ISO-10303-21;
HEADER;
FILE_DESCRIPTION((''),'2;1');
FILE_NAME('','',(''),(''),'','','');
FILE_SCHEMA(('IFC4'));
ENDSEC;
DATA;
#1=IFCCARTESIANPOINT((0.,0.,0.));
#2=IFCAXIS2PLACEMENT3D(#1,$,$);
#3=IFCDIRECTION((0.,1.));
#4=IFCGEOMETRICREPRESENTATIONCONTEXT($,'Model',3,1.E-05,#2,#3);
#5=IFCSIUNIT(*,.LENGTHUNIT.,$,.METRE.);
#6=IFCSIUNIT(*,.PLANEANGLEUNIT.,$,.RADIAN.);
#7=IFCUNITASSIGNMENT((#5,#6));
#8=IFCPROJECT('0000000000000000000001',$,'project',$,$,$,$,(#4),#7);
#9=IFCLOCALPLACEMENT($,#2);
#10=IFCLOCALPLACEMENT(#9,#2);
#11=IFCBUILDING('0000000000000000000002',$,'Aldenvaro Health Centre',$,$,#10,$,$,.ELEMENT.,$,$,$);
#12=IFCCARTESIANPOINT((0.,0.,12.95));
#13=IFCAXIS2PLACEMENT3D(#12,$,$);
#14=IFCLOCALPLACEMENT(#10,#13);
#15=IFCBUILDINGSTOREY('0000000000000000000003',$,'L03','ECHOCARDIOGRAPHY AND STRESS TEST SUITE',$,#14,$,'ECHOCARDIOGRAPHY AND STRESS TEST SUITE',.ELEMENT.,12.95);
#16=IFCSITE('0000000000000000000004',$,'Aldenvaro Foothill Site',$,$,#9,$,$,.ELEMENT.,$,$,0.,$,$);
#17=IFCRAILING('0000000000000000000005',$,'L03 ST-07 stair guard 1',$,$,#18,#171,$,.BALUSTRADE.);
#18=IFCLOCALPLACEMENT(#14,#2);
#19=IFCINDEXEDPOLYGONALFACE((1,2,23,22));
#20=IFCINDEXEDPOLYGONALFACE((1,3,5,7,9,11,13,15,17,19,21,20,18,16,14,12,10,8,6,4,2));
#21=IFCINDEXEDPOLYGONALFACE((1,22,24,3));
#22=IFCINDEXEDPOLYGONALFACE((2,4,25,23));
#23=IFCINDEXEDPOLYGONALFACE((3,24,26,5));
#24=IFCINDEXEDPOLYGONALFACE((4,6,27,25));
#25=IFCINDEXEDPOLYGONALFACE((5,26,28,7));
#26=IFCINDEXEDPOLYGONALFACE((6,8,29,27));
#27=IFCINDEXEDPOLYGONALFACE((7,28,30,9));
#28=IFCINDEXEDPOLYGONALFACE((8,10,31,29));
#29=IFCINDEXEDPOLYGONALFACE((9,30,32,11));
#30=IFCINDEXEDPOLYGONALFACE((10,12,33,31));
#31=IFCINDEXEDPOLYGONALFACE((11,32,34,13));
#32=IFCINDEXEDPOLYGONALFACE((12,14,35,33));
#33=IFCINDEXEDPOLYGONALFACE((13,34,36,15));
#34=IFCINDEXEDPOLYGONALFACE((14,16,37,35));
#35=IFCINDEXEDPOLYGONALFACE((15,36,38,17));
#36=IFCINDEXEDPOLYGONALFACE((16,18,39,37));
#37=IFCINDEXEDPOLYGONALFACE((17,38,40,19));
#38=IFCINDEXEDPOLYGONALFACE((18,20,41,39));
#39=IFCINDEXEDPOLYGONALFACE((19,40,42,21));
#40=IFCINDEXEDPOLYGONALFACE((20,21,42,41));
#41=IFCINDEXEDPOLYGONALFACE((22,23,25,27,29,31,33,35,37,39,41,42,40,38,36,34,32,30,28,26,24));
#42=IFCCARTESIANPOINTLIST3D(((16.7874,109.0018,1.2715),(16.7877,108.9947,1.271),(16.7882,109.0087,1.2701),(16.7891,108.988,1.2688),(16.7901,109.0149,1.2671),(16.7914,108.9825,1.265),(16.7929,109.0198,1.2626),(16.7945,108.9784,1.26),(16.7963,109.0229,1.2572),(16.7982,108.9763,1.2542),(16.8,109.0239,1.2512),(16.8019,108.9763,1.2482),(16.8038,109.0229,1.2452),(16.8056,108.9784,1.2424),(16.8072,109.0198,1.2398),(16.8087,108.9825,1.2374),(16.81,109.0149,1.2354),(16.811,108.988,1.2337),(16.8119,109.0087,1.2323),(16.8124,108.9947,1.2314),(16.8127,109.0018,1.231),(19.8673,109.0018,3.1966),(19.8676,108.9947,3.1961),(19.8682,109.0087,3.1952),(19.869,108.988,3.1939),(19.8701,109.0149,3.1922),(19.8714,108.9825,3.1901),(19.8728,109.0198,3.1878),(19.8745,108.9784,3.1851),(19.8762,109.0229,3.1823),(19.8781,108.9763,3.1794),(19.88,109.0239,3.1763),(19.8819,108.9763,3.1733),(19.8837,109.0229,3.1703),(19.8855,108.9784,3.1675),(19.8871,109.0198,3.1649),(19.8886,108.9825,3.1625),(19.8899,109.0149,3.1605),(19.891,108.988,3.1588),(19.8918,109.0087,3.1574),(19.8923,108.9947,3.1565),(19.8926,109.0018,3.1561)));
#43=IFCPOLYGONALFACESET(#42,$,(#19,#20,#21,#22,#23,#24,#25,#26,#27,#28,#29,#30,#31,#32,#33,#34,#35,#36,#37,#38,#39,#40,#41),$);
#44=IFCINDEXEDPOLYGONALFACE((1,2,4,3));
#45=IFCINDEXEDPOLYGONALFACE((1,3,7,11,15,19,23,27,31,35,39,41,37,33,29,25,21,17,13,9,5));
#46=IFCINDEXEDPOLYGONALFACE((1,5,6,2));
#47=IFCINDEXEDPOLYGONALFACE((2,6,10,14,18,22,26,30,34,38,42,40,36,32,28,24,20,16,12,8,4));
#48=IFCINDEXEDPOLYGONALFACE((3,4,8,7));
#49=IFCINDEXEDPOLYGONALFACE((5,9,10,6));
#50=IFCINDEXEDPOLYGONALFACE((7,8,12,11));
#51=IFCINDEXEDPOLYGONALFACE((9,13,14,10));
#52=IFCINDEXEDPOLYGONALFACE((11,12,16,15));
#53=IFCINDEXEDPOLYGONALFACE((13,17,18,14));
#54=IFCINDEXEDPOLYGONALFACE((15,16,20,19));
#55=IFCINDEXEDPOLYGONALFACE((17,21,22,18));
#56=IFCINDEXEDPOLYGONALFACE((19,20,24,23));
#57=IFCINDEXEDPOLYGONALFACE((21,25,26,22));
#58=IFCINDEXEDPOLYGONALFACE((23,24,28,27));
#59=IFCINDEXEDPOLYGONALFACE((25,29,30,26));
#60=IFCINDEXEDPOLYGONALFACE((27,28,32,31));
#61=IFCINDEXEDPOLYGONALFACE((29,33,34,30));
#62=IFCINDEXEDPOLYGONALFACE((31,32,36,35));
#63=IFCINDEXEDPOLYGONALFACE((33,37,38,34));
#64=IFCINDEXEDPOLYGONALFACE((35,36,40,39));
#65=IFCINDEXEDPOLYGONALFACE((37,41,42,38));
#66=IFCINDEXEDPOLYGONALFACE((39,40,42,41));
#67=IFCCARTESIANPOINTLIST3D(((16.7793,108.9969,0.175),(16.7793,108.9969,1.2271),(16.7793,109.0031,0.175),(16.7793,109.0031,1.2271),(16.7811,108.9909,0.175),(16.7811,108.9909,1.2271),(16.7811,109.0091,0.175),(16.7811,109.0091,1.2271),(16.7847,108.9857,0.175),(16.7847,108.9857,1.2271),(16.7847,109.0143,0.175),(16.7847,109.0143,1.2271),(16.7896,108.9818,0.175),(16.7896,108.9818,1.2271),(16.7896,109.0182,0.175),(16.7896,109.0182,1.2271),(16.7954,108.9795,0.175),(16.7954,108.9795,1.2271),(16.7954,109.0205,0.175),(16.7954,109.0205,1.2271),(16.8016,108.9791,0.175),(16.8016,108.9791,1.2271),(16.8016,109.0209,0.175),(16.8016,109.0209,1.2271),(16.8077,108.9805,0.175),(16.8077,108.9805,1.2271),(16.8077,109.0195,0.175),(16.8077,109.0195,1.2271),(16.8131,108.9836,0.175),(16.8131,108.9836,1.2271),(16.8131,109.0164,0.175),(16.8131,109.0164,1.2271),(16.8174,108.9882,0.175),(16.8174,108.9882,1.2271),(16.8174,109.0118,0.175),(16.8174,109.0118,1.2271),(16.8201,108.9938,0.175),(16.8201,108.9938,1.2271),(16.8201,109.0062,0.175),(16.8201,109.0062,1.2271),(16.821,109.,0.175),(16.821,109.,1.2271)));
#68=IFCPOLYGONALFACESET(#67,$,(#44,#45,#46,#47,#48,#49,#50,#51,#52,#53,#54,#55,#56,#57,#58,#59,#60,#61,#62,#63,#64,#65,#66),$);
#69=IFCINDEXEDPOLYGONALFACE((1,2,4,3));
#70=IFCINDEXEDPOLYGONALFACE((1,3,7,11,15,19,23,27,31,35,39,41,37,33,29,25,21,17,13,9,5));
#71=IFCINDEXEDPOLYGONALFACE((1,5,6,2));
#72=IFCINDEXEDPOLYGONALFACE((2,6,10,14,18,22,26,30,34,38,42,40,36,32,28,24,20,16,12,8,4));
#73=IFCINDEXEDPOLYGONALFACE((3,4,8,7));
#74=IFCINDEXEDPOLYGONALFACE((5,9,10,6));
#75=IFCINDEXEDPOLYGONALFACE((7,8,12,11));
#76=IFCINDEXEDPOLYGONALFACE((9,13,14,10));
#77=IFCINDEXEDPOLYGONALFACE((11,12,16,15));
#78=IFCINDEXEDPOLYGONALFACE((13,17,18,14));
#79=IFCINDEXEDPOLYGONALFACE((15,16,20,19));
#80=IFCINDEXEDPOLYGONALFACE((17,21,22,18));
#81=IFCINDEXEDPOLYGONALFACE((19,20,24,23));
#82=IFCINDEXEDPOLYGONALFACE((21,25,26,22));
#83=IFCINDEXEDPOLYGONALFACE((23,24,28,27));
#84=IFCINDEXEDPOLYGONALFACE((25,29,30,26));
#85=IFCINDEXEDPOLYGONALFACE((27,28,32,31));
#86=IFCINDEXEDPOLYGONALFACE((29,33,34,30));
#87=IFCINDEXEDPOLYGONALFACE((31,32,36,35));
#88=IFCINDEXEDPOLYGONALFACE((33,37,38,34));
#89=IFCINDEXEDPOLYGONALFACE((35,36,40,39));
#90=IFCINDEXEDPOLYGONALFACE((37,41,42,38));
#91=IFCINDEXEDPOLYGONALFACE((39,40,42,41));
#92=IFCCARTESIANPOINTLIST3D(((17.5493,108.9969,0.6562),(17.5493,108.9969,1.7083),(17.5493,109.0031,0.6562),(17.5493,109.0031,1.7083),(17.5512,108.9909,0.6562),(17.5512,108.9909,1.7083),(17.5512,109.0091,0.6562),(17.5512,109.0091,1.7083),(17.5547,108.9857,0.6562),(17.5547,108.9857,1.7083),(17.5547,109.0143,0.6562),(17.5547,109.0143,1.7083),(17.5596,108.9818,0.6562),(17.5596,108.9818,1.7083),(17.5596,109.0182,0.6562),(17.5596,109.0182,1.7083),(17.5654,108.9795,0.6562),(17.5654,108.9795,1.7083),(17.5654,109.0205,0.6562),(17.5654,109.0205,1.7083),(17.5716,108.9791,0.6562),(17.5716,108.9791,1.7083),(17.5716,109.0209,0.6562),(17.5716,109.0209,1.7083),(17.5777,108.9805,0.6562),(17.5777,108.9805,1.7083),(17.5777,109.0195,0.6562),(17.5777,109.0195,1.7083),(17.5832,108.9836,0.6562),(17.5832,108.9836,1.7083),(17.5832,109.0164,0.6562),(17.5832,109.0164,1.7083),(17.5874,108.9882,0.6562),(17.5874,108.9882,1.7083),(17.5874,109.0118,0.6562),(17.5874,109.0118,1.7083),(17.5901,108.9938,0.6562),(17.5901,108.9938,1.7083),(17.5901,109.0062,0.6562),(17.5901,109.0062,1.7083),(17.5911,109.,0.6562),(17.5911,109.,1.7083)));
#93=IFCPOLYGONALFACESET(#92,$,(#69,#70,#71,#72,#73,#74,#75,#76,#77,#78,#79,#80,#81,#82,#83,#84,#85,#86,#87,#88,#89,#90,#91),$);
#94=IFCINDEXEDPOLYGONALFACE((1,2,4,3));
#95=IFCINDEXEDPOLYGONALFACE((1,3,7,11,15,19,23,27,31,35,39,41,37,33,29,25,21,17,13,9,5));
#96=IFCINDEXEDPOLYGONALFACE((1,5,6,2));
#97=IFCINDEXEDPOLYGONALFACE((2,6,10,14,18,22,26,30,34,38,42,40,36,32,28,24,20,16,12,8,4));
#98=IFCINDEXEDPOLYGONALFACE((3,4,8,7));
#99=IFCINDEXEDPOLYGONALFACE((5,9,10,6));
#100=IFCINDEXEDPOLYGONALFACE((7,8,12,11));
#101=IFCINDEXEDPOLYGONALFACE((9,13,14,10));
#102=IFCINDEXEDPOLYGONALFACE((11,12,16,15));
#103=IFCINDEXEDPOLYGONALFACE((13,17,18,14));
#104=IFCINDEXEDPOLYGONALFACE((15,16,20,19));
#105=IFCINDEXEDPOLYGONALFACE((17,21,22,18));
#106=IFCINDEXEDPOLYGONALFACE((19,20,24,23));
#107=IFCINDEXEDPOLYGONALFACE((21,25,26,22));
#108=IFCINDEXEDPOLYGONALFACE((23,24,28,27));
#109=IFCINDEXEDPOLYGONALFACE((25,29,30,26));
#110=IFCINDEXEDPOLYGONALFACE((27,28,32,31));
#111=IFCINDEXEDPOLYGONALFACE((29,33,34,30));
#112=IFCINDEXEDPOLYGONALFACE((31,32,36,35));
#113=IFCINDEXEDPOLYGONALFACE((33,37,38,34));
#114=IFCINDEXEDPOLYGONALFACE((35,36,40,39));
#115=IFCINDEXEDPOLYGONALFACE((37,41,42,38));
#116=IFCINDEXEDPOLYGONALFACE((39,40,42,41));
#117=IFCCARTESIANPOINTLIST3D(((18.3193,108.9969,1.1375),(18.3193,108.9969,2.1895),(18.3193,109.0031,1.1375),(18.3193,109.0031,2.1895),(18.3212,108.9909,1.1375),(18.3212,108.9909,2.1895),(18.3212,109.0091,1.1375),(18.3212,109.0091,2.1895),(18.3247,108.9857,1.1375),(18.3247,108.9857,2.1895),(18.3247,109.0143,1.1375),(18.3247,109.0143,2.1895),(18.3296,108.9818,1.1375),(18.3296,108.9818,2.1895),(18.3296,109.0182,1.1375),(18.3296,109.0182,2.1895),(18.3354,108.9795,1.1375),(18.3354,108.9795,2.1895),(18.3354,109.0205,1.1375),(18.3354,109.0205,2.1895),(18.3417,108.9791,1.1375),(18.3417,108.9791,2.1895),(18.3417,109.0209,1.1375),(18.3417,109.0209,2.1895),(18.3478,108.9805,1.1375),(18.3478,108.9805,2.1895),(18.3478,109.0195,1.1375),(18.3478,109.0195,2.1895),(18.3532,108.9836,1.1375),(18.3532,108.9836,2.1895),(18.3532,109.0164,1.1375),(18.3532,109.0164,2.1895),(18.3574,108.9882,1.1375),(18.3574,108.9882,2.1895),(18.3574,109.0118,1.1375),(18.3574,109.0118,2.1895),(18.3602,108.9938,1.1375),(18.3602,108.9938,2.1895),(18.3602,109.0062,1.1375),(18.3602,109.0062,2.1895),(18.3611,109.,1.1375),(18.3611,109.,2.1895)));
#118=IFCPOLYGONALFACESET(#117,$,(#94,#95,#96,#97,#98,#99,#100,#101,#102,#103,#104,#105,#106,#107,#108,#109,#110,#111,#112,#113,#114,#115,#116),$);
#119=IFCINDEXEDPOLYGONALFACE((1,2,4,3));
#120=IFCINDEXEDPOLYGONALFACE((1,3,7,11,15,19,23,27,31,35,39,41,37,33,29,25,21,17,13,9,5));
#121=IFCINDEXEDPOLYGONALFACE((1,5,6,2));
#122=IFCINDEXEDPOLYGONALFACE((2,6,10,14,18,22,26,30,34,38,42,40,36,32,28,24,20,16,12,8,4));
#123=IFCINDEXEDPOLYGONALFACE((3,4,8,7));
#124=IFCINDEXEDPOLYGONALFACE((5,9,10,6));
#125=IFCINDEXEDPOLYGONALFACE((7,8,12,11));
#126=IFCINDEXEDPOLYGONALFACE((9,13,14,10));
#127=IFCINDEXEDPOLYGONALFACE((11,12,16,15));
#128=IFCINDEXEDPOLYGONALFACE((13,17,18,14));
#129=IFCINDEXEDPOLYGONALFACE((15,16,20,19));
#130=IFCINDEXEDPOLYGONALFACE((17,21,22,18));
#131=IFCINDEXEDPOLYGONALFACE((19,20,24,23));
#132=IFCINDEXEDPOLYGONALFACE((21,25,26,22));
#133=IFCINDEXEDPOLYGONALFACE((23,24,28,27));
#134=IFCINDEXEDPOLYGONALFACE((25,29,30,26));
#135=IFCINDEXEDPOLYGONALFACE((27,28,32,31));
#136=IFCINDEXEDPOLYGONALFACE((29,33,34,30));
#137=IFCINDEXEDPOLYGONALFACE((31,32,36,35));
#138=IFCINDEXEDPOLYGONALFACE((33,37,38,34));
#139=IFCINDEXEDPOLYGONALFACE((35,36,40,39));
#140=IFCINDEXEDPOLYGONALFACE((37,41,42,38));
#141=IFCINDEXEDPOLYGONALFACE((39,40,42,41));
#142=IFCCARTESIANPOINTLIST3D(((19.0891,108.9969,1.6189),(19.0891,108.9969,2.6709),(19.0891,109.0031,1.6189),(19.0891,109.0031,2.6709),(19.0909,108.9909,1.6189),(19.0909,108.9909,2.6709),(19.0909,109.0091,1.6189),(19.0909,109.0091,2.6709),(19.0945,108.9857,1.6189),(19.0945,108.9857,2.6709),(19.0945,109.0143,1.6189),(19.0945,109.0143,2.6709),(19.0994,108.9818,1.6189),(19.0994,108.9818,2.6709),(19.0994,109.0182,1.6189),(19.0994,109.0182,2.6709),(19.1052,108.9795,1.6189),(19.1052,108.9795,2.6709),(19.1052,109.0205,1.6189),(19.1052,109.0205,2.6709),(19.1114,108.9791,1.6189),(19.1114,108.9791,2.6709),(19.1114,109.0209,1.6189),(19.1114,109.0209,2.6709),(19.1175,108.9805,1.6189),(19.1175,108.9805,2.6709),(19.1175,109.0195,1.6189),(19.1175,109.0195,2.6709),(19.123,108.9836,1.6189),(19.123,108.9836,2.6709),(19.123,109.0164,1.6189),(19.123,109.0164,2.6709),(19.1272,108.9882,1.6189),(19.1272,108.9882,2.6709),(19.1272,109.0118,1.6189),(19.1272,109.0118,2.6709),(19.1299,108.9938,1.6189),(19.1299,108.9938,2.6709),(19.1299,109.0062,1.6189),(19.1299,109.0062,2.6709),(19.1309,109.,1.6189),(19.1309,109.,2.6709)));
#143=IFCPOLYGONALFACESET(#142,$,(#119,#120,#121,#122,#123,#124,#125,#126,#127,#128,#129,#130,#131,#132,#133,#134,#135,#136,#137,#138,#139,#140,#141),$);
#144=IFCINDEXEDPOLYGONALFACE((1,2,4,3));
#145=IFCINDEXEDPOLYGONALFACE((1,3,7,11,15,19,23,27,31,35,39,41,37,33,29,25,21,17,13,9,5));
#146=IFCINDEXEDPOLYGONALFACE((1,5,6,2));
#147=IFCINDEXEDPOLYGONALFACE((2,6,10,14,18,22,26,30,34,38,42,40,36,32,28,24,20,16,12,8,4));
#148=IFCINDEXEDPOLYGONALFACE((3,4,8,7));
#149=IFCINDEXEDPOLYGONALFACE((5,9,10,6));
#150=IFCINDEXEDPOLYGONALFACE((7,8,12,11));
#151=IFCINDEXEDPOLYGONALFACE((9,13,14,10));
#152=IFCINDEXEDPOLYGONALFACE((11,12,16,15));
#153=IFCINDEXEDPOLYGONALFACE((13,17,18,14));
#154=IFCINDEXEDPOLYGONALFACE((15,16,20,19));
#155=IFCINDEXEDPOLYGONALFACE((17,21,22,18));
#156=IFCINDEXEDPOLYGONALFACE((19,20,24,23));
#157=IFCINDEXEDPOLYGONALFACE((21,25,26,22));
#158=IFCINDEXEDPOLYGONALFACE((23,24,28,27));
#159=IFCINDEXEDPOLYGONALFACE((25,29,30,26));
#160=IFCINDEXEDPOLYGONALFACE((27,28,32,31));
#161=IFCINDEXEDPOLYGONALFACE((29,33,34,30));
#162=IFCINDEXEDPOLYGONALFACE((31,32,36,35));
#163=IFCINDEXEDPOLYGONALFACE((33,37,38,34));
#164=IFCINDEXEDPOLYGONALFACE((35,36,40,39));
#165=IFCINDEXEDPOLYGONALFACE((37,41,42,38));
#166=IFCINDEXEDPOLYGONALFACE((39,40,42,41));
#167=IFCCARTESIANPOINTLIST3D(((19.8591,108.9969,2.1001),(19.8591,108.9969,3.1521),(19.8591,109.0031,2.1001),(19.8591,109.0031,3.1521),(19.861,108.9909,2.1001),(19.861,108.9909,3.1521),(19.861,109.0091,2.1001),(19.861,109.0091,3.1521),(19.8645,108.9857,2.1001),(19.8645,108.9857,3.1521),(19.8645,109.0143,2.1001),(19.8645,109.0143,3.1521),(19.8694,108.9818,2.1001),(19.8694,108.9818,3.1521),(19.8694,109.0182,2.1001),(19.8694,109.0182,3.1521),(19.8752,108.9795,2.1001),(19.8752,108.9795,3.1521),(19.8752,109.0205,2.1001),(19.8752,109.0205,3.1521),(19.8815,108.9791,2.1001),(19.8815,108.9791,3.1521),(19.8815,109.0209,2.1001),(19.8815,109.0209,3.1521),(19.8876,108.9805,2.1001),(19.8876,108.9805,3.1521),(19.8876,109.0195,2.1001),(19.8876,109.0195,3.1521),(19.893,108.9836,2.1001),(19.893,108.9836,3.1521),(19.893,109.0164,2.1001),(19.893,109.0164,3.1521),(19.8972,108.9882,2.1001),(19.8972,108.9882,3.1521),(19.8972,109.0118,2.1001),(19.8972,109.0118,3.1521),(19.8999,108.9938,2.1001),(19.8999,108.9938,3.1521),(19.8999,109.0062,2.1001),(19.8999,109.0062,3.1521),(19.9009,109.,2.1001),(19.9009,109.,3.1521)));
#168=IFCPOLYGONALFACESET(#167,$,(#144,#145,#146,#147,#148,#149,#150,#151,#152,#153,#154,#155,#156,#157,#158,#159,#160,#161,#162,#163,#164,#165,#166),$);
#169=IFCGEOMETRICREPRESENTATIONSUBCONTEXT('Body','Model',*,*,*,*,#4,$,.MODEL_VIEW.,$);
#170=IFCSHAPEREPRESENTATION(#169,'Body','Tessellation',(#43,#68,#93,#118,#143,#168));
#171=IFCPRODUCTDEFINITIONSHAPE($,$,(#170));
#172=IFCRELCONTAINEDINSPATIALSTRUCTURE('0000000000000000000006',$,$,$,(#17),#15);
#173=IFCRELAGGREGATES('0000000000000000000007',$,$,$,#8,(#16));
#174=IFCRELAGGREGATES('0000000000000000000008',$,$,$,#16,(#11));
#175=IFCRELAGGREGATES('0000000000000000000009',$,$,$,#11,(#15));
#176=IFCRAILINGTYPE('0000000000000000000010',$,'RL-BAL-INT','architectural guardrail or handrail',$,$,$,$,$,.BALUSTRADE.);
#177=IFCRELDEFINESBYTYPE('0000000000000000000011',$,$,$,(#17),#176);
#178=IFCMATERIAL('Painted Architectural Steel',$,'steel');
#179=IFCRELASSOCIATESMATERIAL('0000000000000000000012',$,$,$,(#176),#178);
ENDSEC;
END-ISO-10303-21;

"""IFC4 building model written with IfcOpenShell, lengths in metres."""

from ifc_helpers import new_model, si_unit, direction, frame, origin, origin_2d, place, context, subcontext, project, spatial, circle, extrude, material, type_object, element, save


model = new_model("IFC4")

# Units and contexts
model_context = context("Model", 3, precision=1e-05, world=origin(), true_north=direction((0.0, 1.0)))
body_context = subcontext(model_context, "Body", "Model", "MODEL_VIEW")
ifc_project = project(units=[si_unit("LENGTHUNIT", "METRE"), si_unit("PLANEANGLEUNIT", "RADIAN")], contexts=[model_context])

# Site, building, storey
site_placement = place(None, origin())
site = spatial("IfcSite", under=ifc_project, at=site_placement, Name="Aldenvaro Foothill Site", CompositionType="ELEMENT", RefElevation=0.0)
building_placement = place(site_placement, origin())
building = spatial("IfcBuilding", under=site, at=building_placement, Name="Aldenvaro Health Centre", CompositionType="ELEMENT")
storey_placement = place(building_placement, frame((0.0, 0.0, 12.95)))
storey = spatial("IfcBuildingStorey", under=building, at=storey_placement, Name="L03", Description="ECHOCARDIOGRAPHY AND STRESS TEST SUITE", LongName="ECHOCARDIOGRAPHY AND STRESS TEST SUITE", CompositionType="ELEMENT", Elevation=12.95)

# Railing
ifc_material_1 = material(Name="Painted Architectural Steel", Category="steel")
railing_type_1 = type_object("IfcRailingType", Name="RL-BAL-INT", Description="architectural guardrail or handrail", PredefinedType="BALUSTRADE", material=ifc_material_1)
railing_1_placement = place(storey_placement, frame((16.8, 109.0, 0.175)))
element("IfcRailing", 1, at=railing_1_placement, inside=storey, type_object=railing_type_1, Name="L03 ST-07 stair guard 1", PredefinedType="BALUSTRADE", context=body_context, shape_type="SweptSolid", body=[
    extrude(circle(Radius=0.0239, at=origin_2d()), frame((0.0, 0.0, 1.0762), z_axis=(0.847979, 0.0, 0.530029), x_axis=(0.0, 1.0, 0.0)), (0.0, 0.0, 1.0), 3.6321),
    extrude(circle(Radius=0.021, at=origin_2d()), origin(), (0.0, 0.0, 1.0), 1.052),
    extrude(circle(Radius=0.021, at=origin_2d()), frame((0.77, 0.0, 0.4812)), (0.0, 0.0, 1.0), 1.052),
    extrude(circle(Radius=0.021, at=origin_2d()), frame((1.54, 0.0, 0.9624)), (0.0, 0.0, 1.0), 1.052),
    extrude(circle(Radius=0.021, at=origin_2d()), frame((2.3098, 0.0, 1.4438)), (0.0, 0.0, 1.0), 1.052),
    extrude(circle(Radius=0.021, at=origin_2d()), frame((3.0798, 0.0, 1.925)), (0.0, 0.0, 1.0), 1.052),
])

save(model, "model.ifc")
